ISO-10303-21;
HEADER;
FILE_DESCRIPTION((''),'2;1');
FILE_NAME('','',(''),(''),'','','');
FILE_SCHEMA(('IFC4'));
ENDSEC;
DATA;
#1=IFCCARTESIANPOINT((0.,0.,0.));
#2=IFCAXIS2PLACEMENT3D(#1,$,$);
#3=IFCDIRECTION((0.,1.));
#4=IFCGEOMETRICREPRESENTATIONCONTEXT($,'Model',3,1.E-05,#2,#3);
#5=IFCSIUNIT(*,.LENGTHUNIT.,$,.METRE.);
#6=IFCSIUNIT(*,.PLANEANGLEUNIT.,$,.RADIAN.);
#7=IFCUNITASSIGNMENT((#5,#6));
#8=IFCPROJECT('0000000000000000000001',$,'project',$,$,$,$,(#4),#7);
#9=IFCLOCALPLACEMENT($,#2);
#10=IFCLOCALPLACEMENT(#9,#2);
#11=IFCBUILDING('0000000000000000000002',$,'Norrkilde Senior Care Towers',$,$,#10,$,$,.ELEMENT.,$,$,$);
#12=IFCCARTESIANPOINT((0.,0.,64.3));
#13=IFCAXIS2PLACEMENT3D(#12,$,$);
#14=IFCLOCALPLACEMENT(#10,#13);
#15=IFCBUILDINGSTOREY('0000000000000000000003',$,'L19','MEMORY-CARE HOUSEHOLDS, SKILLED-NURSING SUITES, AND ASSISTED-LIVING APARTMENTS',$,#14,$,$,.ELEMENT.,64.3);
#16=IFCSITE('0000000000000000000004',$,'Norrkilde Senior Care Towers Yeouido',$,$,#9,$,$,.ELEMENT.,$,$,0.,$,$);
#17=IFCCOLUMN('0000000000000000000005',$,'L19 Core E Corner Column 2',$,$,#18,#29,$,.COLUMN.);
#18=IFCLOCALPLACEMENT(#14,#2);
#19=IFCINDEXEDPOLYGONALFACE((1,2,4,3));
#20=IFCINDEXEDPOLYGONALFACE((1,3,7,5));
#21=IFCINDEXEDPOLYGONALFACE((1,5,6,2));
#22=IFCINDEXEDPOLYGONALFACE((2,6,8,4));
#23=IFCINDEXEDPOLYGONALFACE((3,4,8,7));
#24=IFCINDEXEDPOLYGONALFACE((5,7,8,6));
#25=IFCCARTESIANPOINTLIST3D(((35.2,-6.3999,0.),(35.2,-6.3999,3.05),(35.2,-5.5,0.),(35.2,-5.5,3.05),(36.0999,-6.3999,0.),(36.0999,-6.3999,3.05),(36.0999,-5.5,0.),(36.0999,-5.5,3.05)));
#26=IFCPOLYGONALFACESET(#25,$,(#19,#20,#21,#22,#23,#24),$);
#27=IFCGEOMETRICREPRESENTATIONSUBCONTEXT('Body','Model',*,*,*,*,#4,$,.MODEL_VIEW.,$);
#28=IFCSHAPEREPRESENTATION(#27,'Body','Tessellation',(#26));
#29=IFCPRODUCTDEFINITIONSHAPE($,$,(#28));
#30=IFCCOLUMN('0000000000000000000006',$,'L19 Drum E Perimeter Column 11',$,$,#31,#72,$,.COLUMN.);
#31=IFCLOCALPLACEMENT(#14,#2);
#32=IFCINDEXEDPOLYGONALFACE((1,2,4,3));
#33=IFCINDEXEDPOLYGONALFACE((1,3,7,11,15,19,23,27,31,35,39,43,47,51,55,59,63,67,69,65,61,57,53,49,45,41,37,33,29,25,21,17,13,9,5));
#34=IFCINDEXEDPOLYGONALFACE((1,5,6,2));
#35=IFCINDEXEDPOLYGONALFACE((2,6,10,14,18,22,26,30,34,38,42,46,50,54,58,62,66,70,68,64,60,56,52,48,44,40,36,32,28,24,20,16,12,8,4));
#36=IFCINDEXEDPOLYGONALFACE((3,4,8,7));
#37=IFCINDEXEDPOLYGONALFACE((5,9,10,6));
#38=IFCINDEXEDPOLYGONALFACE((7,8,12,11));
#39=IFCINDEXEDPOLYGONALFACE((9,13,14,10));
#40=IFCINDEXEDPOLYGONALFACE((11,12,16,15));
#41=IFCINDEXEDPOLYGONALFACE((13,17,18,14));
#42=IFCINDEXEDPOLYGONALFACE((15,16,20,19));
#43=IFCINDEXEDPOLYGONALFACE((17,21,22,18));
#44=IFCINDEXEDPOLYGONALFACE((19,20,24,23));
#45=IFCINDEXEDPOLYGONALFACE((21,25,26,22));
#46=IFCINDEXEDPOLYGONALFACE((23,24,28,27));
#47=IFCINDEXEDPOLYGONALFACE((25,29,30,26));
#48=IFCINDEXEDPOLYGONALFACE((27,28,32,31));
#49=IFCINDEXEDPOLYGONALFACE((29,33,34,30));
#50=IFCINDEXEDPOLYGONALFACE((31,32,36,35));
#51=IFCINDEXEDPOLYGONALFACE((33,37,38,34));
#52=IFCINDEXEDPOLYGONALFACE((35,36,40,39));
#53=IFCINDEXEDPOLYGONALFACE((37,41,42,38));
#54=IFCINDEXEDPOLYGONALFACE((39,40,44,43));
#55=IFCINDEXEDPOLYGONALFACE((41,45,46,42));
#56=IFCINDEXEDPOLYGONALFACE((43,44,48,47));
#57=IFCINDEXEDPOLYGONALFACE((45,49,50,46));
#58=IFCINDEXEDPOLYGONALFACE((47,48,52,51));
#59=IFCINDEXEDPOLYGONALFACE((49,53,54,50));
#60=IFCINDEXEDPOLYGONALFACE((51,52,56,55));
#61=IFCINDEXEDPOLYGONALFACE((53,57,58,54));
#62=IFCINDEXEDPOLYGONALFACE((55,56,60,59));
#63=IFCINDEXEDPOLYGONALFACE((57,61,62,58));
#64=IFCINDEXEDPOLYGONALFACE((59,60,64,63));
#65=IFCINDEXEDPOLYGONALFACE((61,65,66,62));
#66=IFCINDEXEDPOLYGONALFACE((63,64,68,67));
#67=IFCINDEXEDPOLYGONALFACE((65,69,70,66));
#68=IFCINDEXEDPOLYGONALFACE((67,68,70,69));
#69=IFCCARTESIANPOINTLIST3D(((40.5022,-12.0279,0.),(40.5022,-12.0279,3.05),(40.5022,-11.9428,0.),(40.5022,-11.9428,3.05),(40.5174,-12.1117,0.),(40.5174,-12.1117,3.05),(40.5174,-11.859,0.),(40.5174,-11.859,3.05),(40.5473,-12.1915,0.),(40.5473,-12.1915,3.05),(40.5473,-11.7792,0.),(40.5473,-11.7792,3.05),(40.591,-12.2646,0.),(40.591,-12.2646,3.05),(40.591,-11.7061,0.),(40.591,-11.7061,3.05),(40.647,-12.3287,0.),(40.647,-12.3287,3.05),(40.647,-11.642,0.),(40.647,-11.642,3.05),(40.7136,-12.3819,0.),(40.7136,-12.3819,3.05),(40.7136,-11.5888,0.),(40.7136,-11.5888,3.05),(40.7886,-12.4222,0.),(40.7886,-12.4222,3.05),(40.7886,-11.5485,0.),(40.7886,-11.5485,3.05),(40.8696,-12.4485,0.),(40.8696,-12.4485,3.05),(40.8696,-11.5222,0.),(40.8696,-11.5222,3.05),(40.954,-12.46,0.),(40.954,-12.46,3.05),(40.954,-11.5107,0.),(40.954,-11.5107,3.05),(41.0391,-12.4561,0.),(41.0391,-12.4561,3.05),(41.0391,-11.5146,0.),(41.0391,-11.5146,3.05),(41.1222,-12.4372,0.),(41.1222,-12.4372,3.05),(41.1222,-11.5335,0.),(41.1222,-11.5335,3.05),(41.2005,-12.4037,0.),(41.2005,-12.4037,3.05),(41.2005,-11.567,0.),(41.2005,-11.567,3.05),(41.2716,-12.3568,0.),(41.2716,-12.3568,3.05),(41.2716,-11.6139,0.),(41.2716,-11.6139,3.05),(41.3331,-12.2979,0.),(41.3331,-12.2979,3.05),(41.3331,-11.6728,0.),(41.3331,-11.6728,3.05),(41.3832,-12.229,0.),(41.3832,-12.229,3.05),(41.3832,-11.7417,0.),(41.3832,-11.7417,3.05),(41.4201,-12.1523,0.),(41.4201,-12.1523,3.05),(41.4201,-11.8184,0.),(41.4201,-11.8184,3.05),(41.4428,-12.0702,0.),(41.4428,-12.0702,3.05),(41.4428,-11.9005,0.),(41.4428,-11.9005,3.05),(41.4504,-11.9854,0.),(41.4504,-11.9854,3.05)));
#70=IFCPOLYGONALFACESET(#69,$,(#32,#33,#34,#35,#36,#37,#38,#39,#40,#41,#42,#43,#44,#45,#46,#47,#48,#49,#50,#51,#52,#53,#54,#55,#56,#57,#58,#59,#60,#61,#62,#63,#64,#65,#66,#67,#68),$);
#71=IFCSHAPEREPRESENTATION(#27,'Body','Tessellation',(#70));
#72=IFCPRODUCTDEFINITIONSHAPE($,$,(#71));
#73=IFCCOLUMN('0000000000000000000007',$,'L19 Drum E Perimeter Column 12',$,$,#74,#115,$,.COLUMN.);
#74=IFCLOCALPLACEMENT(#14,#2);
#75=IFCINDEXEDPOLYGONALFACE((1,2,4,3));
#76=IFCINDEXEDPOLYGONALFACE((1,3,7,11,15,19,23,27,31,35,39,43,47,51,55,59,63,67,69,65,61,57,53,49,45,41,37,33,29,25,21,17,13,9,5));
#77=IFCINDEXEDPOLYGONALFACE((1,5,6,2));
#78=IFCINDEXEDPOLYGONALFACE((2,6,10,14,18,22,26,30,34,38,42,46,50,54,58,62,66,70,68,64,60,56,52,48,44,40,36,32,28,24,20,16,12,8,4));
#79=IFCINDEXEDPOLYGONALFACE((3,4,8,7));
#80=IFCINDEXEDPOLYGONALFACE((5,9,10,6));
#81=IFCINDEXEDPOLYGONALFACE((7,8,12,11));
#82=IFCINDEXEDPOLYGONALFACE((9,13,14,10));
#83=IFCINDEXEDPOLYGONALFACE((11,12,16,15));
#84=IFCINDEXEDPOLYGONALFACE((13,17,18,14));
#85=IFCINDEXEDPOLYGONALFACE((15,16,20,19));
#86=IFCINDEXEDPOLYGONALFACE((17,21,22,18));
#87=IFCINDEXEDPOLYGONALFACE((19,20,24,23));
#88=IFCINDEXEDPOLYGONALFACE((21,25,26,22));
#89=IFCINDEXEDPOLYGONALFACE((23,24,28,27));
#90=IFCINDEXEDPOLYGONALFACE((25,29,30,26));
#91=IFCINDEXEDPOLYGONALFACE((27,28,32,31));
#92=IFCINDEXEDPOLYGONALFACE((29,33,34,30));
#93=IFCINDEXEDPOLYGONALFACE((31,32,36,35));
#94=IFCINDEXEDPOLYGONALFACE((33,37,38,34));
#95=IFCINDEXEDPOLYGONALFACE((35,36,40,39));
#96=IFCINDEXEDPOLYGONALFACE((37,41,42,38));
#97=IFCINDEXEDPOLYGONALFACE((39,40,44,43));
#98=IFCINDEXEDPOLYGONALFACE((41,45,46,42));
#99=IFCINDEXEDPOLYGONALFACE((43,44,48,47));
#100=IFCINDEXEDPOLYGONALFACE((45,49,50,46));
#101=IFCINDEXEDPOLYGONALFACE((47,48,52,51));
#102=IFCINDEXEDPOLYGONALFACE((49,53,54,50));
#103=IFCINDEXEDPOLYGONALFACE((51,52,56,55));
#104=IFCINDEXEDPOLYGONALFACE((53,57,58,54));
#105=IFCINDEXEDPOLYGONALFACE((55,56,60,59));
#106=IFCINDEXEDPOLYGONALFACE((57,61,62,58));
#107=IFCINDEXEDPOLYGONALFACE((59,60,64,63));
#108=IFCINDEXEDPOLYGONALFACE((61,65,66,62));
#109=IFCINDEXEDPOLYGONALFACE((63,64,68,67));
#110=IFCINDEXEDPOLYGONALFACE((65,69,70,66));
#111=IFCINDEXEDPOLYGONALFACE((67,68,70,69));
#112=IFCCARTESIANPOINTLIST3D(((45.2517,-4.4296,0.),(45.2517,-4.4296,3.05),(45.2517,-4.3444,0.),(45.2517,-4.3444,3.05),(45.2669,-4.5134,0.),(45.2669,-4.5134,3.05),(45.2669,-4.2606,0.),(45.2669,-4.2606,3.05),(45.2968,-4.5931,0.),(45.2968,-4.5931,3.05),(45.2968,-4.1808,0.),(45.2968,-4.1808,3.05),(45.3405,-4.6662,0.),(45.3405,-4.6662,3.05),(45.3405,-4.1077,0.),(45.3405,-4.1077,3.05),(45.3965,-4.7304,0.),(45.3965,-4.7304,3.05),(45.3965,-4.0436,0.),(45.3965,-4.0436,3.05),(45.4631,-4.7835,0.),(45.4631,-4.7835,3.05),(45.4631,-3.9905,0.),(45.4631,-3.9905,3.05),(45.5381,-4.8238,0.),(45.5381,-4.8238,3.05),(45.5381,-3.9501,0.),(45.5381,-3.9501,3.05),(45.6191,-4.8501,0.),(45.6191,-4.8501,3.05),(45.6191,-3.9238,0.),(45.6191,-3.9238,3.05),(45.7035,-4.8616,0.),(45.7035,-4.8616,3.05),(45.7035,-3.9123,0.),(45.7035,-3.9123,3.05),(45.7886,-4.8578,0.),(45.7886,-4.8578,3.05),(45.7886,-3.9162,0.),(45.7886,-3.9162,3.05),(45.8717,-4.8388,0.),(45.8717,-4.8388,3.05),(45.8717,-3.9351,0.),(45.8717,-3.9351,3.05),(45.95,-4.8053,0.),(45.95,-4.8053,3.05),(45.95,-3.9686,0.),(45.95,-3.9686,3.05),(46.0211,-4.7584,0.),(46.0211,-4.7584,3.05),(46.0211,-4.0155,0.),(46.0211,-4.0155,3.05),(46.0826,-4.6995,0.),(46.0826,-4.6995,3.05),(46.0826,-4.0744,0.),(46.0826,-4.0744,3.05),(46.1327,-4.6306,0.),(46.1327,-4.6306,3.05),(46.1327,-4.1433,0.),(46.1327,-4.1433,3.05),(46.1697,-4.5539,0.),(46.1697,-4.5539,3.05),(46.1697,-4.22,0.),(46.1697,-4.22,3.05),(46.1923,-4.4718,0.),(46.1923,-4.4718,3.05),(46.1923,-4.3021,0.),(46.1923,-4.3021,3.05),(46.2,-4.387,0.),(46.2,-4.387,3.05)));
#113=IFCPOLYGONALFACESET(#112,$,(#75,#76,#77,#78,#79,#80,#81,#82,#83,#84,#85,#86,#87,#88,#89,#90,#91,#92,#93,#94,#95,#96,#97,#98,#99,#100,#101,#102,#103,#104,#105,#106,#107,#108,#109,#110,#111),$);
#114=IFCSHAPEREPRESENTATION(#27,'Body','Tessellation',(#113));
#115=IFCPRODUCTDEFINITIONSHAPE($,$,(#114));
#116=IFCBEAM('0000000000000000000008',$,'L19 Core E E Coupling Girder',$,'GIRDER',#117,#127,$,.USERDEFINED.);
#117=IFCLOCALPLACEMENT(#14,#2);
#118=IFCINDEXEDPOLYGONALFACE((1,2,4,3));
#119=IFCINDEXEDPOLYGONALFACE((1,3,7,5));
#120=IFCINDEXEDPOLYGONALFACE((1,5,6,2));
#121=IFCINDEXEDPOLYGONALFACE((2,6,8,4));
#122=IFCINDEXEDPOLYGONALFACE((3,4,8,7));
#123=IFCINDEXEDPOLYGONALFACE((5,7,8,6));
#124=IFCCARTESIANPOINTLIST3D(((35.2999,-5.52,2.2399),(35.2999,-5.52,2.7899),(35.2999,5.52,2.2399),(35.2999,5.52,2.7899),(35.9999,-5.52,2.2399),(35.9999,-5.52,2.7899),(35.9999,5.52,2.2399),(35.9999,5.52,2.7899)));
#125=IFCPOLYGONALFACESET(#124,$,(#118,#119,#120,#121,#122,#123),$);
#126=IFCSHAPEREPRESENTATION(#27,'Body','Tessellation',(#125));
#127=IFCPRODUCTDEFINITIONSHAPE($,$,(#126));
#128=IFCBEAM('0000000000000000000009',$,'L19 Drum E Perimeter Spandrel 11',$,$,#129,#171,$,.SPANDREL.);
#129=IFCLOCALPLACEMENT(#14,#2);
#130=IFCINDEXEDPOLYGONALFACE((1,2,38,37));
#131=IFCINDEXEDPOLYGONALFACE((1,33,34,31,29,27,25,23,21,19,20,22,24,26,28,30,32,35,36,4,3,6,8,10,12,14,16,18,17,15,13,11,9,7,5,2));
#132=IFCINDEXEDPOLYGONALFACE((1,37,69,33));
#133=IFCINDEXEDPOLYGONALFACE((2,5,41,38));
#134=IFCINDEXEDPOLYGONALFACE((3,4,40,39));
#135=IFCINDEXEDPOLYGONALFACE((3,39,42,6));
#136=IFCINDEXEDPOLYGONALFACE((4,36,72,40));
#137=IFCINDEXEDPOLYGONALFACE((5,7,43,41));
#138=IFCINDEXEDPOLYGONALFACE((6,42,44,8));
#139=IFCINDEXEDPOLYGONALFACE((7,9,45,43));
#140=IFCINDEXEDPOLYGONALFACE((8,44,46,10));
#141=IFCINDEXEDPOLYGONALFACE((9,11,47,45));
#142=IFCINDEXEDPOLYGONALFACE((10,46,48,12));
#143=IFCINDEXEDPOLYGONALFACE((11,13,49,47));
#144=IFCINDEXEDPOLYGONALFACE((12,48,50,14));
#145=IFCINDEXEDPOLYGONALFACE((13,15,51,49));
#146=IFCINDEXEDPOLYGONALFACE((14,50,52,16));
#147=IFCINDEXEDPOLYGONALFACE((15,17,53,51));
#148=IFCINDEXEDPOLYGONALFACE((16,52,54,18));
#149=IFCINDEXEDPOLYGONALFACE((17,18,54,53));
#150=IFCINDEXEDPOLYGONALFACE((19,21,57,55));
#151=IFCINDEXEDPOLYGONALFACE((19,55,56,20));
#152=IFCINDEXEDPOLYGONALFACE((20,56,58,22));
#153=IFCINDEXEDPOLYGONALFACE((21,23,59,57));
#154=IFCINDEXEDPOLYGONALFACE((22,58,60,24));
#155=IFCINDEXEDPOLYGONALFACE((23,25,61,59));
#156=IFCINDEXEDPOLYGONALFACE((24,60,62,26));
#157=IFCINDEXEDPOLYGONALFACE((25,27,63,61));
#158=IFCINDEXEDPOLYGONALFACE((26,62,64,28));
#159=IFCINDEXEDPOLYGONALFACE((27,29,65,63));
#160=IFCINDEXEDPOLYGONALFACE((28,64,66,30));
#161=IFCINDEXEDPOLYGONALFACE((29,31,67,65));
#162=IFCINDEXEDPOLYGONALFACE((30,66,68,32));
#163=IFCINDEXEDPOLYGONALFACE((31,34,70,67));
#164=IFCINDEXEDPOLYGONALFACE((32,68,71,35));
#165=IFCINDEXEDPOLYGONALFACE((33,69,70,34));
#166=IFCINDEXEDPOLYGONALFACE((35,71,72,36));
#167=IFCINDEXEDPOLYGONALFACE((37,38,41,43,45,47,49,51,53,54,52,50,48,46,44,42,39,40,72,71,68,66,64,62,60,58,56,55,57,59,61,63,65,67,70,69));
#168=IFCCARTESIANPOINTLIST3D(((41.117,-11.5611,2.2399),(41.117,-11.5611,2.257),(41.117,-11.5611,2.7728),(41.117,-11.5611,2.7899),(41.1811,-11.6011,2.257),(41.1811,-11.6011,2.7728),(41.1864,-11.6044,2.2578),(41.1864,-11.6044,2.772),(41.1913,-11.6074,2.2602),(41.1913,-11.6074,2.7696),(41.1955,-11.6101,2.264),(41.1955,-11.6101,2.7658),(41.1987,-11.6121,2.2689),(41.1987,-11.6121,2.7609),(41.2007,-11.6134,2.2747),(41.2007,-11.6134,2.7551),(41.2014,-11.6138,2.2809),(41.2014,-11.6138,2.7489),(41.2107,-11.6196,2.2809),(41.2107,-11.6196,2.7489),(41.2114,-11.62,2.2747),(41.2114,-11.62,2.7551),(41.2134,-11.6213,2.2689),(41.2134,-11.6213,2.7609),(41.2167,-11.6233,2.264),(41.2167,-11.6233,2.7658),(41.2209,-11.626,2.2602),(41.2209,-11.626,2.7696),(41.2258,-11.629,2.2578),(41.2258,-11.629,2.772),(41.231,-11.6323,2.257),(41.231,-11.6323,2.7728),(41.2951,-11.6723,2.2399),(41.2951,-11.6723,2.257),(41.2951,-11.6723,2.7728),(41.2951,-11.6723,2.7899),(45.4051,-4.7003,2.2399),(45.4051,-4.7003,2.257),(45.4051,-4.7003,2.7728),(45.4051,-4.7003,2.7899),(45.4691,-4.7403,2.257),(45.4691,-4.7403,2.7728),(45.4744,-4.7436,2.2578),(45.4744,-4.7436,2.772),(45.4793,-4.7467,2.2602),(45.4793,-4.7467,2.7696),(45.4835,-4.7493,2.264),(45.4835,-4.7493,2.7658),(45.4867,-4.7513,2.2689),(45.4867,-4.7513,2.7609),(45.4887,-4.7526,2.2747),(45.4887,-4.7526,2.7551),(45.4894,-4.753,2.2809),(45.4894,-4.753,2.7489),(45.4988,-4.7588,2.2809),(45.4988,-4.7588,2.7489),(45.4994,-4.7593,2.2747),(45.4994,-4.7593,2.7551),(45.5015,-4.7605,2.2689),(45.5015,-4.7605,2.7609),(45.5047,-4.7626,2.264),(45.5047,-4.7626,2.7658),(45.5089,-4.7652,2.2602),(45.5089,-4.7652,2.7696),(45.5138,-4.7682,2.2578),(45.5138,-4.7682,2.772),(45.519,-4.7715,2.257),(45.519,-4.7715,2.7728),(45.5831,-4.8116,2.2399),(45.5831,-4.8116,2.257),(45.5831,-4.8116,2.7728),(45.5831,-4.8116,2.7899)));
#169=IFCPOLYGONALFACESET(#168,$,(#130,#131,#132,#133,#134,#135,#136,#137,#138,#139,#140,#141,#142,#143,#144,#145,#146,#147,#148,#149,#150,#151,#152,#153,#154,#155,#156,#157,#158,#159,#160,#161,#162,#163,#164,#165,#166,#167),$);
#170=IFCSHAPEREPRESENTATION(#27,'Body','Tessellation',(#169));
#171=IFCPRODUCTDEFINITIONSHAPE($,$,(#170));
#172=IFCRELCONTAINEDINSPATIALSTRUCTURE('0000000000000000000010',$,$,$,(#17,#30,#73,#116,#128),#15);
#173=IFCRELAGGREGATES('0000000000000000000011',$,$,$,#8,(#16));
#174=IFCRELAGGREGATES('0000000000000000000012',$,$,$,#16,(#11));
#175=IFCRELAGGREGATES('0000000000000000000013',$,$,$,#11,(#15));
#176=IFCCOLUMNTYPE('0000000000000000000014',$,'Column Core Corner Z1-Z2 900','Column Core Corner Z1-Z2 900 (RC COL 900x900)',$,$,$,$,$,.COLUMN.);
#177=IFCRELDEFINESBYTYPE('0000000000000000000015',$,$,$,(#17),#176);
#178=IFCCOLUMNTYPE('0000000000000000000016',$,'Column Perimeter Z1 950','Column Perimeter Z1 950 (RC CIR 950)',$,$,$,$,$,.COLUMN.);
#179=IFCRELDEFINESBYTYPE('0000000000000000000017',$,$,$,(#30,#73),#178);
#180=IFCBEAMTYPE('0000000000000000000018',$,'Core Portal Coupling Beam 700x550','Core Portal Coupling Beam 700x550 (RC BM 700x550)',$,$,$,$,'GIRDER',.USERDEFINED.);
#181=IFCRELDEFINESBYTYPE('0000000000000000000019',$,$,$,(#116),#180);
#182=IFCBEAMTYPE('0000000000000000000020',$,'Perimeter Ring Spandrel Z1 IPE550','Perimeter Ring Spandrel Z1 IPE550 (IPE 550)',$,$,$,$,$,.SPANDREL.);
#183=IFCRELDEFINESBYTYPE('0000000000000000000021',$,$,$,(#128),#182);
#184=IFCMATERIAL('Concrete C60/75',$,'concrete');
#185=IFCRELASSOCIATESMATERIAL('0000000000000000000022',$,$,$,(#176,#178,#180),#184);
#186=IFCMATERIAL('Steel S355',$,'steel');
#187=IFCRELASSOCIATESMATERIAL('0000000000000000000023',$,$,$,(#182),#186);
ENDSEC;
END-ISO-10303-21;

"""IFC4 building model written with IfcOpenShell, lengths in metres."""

from ifc_helpers import new_model, si_unit, direction, frame, origin, origin_2d, place, context, subcontext, project, spatial, rectangle, circle, i_section, extrude, source, transform, mapped, material, material_profile, profile_set, type_object, type_shapes, element, save


model = new_model("IFC4")

# Units and contexts
model_context = context("Model", 3, precision=1e-05, world=origin(), true_north=direction((0.0, 1.0)))
body_context = subcontext(model_context, "Body", "Model", "MODEL_VIEW")
ifc_project = project(units=[si_unit("LENGTHUNIT", "METRE"), si_unit("PLANEANGLEUNIT", "RADIAN")], contexts=[model_context])

# Site, building, storey
site_placement = place(None, origin())
site = spatial("IfcSite", under=ifc_project, at=site_placement, Name="Norrkilde Senior Care Towers Yeouido", CompositionType="ELEMENT", RefElevation=0.0)
building_placement = place(site_placement, origin())
building = spatial("IfcBuilding", under=site, at=building_placement, Name="Norrkilde Senior Care Towers", CompositionType="ELEMENT")
storey_placement = place(building_placement, frame((0.0, 0.0, 64.3)))
storey = spatial("IfcBuildingStorey", under=building, at=storey_placement, Name="L19", Description="MEMORY-CARE HOUSEHOLDS, SKILLED-NURSING SUITES, AND ASSISTED-LIVING APARTMENTS", CompositionType="ELEMENT", Elevation=64.3)

# Columns
ifc_material_1 = material(Name="Concrete C60/75", Category="concrete")
ifc_material_profile_1 = material_profile(ifc_material_1, rectangle(XDim=0.8999, YDim=0.8999, at=origin_2d()), Name="RC COL 900x900")
ifc_profile_set_1 = profile_set([ifc_material_profile_1], Name="Concrete C60/75")
column_type_1 = type_object("IfcColumnType", Name="Column Core Corner Z1-Z2 900", Description="Column Core Corner Z1-Z2 900 (RC COL 900x900)", PredefinedType="COLUMN", material=ifc_profile_set_1)
shared_shape_1 = source(origin(), body_context, "Body", "SweptSolid", [
    extrude(rectangle(XDim=0.8999, YDim=0.8999, at=origin_2d()), origin(), (0.0, 0.0, 1.0), 3.05),
])
type_shapes(column_type_1, [shared_shape_1])
column_placement = place(storey_placement, frame((35.6499, -5.95, 0.0), z_axis=(0.0, 0.0, 1.0), x_axis=(1.0, 0.0, 0.0)))
element("IfcColumn", 1, at=column_placement, inside=storey, type_object=column_type_1, Name="L19 Core E Corner Column 2", PredefinedType="COLUMN", context=body_context, shape_type="MappedRepresentation", body=[
    mapped(shared_shape_1, transform((0.0, 0.0, 0.0), x_axis=(1.0, 0.0, 0.0), y_axis=(0.0, 1.0, 0.0), z_axis=(0.0, 0.0, 1.0), scale=1.0)),
])
ifc_material_profile_2 = material_profile(ifc_material_1, circle(Radius=0.4751, at=origin_2d()), Name="RC CIR 950")
ifc_profile_set_2 = profile_set([ifc_material_profile_2], Name="Concrete C60/75")
column_type_2 = type_object("IfcColumnType", Name="Column Perimeter Z1 950", Description="Column Perimeter Z1 950 (RC CIR 950)", PredefinedType="COLUMN", material=ifc_profile_set_2)
shared_shape_2 = source(origin(), body_context, "Body", "SweptSolid", [
    extrude(circle(Radius=0.4751, at=origin_2d()), origin(), (0.0, 0.0, 1.0), 3.05),
])
type_shapes(column_type_2, [shared_shape_2])
for number, where, z_axis, x_axis, name in (
    (2, (40.9753, -11.9854, 0.0), (0.0, 0.0, 1.0), (1.0, 0.0, 0.0), "L19 Drum E Perimeter Column 11"),
    (3, (45.7249, -4.387, 0.0), (0.0, 0.0, 1.0), (1.0, 0.0, 0.0), "L19 Drum E Perimeter Column 12"),
):
    element("IfcColumn", number, at=place(storey_placement, frame(where, z_axis=z_axis, x_axis=x_axis)), inside=storey, type_object=column_type_2, Name=name, PredefinedType="COLUMN", context=body_context, shape_type="MappedRepresentation", body=[
        mapped(shared_shape_2, transform((0.0, 0.0, 0.0), x_axis=(1.0, 0.0, 0.0), y_axis=(0.0, 1.0, 0.0), z_axis=(0.0, 0.0, 1.0), scale=1.0)),
    ])

# Beams
ifc_material_profile_3 = material_profile(ifc_material_1, rectangle(XDim=0.7, YDim=0.55, at=origin_2d()), Name="RC BM 700x550")
ifc_profile_set_3 = profile_set([ifc_material_profile_3], Name="Concrete C60/75")
beam_type_1 = type_object("IfcBeamType", Name="Core Portal Coupling Beam 700x550", Description="Core Portal Coupling Beam 700x550 (RC BM 700x550)", ElementType="GIRDER", PredefinedType="USERDEFINED", material=ifc_profile_set_3)
shared_shape_3 = source(origin(), body_context, "Body", "SweptSolid", [
    extrude(rectangle(XDim=0.7, YDim=0.55, at=origin_2d()), origin(), (0.0, 0.0, 1.0), 11.04),
])
type_shapes(beam_type_1, [shared_shape_3])
beam_1_placement = place(storey_placement, frame((35.6499, -5.52, 2.5149), z_axis=(0.0, 1.0, 0.0), x_axis=(-1.0, 0.0, 0.0)))
element("IfcBeam", 4, at=beam_1_placement, inside=storey, type_object=beam_type_1, Name="L19 Core E E Coupling Girder", ObjectType="GIRDER", PredefinedType="USERDEFINED", context=body_context, shape_type="MappedRepresentation", body=[
    mapped(shared_shape_3, transform((0.0, 0.0, 0.0), x_axis=(1.0, 0.0, 0.0), y_axis=(0.0, 1.0, 0.0), z_axis=(0.0, 0.0, 1.0), scale=1.0)),
])
ifc_material_2 = material(Name="Steel S355", Category="steel")
ifc_material_profile_4 = material_profile(ifc_material_2, i_section(OverallWidth=0.21, OverallDepth=0.55, WebThickness=0.011, FlangeThickness=0.0171, FilletRadius=0.0239, at=origin_2d()), Name="IPE 550")
ifc_profile_set_4 = profile_set([ifc_material_profile_4], Name="Steel S355")
beam_type_2 = type_object("IfcBeamType", Name="Perimeter Ring Spandrel Z1 IPE550", Description="Perimeter Ring Spandrel Z1 IPE550 (IPE 550)", PredefinedType="SPANDREL", material=ifc_profile_set_4)
shared_shape_4 = source(origin(), body_context, "Body", "SweptSolid", [
    extrude(i_section(OverallWidth=0.21, OverallDepth=0.55, WebThickness=0.011, FlangeThickness=0.0171, FilletRadius=0.0239, at=origin_2d()), origin(), (0.0, 0.0, 1.0), 8.0906),
])
beam_2_placement = place(storey_placement, frame((41.2061, -11.6167, 2.5149), z_axis=(0.530004, 0.847995, 0.0), x_axis=(-0.847995, 0.530004, 0.0)))
element("IfcBeam", 5, at=beam_2_placement, inside=storey, type_object=beam_type_2, Name="L19 Drum E Perimeter Spandrel 11", PredefinedType="SPANDREL", context=body_context, shape_type="MappedRepresentation", body=[
    mapped(shared_shape_4, transform((0.0, 0.0, 0.0), x_axis=(1.0, 0.0, 0.0), y_axis=(0.0, 1.0, 0.0), z_axis=(0.0, 0.0, 1.0), scale=1.0)),
])

save(model, "model.ifc")
